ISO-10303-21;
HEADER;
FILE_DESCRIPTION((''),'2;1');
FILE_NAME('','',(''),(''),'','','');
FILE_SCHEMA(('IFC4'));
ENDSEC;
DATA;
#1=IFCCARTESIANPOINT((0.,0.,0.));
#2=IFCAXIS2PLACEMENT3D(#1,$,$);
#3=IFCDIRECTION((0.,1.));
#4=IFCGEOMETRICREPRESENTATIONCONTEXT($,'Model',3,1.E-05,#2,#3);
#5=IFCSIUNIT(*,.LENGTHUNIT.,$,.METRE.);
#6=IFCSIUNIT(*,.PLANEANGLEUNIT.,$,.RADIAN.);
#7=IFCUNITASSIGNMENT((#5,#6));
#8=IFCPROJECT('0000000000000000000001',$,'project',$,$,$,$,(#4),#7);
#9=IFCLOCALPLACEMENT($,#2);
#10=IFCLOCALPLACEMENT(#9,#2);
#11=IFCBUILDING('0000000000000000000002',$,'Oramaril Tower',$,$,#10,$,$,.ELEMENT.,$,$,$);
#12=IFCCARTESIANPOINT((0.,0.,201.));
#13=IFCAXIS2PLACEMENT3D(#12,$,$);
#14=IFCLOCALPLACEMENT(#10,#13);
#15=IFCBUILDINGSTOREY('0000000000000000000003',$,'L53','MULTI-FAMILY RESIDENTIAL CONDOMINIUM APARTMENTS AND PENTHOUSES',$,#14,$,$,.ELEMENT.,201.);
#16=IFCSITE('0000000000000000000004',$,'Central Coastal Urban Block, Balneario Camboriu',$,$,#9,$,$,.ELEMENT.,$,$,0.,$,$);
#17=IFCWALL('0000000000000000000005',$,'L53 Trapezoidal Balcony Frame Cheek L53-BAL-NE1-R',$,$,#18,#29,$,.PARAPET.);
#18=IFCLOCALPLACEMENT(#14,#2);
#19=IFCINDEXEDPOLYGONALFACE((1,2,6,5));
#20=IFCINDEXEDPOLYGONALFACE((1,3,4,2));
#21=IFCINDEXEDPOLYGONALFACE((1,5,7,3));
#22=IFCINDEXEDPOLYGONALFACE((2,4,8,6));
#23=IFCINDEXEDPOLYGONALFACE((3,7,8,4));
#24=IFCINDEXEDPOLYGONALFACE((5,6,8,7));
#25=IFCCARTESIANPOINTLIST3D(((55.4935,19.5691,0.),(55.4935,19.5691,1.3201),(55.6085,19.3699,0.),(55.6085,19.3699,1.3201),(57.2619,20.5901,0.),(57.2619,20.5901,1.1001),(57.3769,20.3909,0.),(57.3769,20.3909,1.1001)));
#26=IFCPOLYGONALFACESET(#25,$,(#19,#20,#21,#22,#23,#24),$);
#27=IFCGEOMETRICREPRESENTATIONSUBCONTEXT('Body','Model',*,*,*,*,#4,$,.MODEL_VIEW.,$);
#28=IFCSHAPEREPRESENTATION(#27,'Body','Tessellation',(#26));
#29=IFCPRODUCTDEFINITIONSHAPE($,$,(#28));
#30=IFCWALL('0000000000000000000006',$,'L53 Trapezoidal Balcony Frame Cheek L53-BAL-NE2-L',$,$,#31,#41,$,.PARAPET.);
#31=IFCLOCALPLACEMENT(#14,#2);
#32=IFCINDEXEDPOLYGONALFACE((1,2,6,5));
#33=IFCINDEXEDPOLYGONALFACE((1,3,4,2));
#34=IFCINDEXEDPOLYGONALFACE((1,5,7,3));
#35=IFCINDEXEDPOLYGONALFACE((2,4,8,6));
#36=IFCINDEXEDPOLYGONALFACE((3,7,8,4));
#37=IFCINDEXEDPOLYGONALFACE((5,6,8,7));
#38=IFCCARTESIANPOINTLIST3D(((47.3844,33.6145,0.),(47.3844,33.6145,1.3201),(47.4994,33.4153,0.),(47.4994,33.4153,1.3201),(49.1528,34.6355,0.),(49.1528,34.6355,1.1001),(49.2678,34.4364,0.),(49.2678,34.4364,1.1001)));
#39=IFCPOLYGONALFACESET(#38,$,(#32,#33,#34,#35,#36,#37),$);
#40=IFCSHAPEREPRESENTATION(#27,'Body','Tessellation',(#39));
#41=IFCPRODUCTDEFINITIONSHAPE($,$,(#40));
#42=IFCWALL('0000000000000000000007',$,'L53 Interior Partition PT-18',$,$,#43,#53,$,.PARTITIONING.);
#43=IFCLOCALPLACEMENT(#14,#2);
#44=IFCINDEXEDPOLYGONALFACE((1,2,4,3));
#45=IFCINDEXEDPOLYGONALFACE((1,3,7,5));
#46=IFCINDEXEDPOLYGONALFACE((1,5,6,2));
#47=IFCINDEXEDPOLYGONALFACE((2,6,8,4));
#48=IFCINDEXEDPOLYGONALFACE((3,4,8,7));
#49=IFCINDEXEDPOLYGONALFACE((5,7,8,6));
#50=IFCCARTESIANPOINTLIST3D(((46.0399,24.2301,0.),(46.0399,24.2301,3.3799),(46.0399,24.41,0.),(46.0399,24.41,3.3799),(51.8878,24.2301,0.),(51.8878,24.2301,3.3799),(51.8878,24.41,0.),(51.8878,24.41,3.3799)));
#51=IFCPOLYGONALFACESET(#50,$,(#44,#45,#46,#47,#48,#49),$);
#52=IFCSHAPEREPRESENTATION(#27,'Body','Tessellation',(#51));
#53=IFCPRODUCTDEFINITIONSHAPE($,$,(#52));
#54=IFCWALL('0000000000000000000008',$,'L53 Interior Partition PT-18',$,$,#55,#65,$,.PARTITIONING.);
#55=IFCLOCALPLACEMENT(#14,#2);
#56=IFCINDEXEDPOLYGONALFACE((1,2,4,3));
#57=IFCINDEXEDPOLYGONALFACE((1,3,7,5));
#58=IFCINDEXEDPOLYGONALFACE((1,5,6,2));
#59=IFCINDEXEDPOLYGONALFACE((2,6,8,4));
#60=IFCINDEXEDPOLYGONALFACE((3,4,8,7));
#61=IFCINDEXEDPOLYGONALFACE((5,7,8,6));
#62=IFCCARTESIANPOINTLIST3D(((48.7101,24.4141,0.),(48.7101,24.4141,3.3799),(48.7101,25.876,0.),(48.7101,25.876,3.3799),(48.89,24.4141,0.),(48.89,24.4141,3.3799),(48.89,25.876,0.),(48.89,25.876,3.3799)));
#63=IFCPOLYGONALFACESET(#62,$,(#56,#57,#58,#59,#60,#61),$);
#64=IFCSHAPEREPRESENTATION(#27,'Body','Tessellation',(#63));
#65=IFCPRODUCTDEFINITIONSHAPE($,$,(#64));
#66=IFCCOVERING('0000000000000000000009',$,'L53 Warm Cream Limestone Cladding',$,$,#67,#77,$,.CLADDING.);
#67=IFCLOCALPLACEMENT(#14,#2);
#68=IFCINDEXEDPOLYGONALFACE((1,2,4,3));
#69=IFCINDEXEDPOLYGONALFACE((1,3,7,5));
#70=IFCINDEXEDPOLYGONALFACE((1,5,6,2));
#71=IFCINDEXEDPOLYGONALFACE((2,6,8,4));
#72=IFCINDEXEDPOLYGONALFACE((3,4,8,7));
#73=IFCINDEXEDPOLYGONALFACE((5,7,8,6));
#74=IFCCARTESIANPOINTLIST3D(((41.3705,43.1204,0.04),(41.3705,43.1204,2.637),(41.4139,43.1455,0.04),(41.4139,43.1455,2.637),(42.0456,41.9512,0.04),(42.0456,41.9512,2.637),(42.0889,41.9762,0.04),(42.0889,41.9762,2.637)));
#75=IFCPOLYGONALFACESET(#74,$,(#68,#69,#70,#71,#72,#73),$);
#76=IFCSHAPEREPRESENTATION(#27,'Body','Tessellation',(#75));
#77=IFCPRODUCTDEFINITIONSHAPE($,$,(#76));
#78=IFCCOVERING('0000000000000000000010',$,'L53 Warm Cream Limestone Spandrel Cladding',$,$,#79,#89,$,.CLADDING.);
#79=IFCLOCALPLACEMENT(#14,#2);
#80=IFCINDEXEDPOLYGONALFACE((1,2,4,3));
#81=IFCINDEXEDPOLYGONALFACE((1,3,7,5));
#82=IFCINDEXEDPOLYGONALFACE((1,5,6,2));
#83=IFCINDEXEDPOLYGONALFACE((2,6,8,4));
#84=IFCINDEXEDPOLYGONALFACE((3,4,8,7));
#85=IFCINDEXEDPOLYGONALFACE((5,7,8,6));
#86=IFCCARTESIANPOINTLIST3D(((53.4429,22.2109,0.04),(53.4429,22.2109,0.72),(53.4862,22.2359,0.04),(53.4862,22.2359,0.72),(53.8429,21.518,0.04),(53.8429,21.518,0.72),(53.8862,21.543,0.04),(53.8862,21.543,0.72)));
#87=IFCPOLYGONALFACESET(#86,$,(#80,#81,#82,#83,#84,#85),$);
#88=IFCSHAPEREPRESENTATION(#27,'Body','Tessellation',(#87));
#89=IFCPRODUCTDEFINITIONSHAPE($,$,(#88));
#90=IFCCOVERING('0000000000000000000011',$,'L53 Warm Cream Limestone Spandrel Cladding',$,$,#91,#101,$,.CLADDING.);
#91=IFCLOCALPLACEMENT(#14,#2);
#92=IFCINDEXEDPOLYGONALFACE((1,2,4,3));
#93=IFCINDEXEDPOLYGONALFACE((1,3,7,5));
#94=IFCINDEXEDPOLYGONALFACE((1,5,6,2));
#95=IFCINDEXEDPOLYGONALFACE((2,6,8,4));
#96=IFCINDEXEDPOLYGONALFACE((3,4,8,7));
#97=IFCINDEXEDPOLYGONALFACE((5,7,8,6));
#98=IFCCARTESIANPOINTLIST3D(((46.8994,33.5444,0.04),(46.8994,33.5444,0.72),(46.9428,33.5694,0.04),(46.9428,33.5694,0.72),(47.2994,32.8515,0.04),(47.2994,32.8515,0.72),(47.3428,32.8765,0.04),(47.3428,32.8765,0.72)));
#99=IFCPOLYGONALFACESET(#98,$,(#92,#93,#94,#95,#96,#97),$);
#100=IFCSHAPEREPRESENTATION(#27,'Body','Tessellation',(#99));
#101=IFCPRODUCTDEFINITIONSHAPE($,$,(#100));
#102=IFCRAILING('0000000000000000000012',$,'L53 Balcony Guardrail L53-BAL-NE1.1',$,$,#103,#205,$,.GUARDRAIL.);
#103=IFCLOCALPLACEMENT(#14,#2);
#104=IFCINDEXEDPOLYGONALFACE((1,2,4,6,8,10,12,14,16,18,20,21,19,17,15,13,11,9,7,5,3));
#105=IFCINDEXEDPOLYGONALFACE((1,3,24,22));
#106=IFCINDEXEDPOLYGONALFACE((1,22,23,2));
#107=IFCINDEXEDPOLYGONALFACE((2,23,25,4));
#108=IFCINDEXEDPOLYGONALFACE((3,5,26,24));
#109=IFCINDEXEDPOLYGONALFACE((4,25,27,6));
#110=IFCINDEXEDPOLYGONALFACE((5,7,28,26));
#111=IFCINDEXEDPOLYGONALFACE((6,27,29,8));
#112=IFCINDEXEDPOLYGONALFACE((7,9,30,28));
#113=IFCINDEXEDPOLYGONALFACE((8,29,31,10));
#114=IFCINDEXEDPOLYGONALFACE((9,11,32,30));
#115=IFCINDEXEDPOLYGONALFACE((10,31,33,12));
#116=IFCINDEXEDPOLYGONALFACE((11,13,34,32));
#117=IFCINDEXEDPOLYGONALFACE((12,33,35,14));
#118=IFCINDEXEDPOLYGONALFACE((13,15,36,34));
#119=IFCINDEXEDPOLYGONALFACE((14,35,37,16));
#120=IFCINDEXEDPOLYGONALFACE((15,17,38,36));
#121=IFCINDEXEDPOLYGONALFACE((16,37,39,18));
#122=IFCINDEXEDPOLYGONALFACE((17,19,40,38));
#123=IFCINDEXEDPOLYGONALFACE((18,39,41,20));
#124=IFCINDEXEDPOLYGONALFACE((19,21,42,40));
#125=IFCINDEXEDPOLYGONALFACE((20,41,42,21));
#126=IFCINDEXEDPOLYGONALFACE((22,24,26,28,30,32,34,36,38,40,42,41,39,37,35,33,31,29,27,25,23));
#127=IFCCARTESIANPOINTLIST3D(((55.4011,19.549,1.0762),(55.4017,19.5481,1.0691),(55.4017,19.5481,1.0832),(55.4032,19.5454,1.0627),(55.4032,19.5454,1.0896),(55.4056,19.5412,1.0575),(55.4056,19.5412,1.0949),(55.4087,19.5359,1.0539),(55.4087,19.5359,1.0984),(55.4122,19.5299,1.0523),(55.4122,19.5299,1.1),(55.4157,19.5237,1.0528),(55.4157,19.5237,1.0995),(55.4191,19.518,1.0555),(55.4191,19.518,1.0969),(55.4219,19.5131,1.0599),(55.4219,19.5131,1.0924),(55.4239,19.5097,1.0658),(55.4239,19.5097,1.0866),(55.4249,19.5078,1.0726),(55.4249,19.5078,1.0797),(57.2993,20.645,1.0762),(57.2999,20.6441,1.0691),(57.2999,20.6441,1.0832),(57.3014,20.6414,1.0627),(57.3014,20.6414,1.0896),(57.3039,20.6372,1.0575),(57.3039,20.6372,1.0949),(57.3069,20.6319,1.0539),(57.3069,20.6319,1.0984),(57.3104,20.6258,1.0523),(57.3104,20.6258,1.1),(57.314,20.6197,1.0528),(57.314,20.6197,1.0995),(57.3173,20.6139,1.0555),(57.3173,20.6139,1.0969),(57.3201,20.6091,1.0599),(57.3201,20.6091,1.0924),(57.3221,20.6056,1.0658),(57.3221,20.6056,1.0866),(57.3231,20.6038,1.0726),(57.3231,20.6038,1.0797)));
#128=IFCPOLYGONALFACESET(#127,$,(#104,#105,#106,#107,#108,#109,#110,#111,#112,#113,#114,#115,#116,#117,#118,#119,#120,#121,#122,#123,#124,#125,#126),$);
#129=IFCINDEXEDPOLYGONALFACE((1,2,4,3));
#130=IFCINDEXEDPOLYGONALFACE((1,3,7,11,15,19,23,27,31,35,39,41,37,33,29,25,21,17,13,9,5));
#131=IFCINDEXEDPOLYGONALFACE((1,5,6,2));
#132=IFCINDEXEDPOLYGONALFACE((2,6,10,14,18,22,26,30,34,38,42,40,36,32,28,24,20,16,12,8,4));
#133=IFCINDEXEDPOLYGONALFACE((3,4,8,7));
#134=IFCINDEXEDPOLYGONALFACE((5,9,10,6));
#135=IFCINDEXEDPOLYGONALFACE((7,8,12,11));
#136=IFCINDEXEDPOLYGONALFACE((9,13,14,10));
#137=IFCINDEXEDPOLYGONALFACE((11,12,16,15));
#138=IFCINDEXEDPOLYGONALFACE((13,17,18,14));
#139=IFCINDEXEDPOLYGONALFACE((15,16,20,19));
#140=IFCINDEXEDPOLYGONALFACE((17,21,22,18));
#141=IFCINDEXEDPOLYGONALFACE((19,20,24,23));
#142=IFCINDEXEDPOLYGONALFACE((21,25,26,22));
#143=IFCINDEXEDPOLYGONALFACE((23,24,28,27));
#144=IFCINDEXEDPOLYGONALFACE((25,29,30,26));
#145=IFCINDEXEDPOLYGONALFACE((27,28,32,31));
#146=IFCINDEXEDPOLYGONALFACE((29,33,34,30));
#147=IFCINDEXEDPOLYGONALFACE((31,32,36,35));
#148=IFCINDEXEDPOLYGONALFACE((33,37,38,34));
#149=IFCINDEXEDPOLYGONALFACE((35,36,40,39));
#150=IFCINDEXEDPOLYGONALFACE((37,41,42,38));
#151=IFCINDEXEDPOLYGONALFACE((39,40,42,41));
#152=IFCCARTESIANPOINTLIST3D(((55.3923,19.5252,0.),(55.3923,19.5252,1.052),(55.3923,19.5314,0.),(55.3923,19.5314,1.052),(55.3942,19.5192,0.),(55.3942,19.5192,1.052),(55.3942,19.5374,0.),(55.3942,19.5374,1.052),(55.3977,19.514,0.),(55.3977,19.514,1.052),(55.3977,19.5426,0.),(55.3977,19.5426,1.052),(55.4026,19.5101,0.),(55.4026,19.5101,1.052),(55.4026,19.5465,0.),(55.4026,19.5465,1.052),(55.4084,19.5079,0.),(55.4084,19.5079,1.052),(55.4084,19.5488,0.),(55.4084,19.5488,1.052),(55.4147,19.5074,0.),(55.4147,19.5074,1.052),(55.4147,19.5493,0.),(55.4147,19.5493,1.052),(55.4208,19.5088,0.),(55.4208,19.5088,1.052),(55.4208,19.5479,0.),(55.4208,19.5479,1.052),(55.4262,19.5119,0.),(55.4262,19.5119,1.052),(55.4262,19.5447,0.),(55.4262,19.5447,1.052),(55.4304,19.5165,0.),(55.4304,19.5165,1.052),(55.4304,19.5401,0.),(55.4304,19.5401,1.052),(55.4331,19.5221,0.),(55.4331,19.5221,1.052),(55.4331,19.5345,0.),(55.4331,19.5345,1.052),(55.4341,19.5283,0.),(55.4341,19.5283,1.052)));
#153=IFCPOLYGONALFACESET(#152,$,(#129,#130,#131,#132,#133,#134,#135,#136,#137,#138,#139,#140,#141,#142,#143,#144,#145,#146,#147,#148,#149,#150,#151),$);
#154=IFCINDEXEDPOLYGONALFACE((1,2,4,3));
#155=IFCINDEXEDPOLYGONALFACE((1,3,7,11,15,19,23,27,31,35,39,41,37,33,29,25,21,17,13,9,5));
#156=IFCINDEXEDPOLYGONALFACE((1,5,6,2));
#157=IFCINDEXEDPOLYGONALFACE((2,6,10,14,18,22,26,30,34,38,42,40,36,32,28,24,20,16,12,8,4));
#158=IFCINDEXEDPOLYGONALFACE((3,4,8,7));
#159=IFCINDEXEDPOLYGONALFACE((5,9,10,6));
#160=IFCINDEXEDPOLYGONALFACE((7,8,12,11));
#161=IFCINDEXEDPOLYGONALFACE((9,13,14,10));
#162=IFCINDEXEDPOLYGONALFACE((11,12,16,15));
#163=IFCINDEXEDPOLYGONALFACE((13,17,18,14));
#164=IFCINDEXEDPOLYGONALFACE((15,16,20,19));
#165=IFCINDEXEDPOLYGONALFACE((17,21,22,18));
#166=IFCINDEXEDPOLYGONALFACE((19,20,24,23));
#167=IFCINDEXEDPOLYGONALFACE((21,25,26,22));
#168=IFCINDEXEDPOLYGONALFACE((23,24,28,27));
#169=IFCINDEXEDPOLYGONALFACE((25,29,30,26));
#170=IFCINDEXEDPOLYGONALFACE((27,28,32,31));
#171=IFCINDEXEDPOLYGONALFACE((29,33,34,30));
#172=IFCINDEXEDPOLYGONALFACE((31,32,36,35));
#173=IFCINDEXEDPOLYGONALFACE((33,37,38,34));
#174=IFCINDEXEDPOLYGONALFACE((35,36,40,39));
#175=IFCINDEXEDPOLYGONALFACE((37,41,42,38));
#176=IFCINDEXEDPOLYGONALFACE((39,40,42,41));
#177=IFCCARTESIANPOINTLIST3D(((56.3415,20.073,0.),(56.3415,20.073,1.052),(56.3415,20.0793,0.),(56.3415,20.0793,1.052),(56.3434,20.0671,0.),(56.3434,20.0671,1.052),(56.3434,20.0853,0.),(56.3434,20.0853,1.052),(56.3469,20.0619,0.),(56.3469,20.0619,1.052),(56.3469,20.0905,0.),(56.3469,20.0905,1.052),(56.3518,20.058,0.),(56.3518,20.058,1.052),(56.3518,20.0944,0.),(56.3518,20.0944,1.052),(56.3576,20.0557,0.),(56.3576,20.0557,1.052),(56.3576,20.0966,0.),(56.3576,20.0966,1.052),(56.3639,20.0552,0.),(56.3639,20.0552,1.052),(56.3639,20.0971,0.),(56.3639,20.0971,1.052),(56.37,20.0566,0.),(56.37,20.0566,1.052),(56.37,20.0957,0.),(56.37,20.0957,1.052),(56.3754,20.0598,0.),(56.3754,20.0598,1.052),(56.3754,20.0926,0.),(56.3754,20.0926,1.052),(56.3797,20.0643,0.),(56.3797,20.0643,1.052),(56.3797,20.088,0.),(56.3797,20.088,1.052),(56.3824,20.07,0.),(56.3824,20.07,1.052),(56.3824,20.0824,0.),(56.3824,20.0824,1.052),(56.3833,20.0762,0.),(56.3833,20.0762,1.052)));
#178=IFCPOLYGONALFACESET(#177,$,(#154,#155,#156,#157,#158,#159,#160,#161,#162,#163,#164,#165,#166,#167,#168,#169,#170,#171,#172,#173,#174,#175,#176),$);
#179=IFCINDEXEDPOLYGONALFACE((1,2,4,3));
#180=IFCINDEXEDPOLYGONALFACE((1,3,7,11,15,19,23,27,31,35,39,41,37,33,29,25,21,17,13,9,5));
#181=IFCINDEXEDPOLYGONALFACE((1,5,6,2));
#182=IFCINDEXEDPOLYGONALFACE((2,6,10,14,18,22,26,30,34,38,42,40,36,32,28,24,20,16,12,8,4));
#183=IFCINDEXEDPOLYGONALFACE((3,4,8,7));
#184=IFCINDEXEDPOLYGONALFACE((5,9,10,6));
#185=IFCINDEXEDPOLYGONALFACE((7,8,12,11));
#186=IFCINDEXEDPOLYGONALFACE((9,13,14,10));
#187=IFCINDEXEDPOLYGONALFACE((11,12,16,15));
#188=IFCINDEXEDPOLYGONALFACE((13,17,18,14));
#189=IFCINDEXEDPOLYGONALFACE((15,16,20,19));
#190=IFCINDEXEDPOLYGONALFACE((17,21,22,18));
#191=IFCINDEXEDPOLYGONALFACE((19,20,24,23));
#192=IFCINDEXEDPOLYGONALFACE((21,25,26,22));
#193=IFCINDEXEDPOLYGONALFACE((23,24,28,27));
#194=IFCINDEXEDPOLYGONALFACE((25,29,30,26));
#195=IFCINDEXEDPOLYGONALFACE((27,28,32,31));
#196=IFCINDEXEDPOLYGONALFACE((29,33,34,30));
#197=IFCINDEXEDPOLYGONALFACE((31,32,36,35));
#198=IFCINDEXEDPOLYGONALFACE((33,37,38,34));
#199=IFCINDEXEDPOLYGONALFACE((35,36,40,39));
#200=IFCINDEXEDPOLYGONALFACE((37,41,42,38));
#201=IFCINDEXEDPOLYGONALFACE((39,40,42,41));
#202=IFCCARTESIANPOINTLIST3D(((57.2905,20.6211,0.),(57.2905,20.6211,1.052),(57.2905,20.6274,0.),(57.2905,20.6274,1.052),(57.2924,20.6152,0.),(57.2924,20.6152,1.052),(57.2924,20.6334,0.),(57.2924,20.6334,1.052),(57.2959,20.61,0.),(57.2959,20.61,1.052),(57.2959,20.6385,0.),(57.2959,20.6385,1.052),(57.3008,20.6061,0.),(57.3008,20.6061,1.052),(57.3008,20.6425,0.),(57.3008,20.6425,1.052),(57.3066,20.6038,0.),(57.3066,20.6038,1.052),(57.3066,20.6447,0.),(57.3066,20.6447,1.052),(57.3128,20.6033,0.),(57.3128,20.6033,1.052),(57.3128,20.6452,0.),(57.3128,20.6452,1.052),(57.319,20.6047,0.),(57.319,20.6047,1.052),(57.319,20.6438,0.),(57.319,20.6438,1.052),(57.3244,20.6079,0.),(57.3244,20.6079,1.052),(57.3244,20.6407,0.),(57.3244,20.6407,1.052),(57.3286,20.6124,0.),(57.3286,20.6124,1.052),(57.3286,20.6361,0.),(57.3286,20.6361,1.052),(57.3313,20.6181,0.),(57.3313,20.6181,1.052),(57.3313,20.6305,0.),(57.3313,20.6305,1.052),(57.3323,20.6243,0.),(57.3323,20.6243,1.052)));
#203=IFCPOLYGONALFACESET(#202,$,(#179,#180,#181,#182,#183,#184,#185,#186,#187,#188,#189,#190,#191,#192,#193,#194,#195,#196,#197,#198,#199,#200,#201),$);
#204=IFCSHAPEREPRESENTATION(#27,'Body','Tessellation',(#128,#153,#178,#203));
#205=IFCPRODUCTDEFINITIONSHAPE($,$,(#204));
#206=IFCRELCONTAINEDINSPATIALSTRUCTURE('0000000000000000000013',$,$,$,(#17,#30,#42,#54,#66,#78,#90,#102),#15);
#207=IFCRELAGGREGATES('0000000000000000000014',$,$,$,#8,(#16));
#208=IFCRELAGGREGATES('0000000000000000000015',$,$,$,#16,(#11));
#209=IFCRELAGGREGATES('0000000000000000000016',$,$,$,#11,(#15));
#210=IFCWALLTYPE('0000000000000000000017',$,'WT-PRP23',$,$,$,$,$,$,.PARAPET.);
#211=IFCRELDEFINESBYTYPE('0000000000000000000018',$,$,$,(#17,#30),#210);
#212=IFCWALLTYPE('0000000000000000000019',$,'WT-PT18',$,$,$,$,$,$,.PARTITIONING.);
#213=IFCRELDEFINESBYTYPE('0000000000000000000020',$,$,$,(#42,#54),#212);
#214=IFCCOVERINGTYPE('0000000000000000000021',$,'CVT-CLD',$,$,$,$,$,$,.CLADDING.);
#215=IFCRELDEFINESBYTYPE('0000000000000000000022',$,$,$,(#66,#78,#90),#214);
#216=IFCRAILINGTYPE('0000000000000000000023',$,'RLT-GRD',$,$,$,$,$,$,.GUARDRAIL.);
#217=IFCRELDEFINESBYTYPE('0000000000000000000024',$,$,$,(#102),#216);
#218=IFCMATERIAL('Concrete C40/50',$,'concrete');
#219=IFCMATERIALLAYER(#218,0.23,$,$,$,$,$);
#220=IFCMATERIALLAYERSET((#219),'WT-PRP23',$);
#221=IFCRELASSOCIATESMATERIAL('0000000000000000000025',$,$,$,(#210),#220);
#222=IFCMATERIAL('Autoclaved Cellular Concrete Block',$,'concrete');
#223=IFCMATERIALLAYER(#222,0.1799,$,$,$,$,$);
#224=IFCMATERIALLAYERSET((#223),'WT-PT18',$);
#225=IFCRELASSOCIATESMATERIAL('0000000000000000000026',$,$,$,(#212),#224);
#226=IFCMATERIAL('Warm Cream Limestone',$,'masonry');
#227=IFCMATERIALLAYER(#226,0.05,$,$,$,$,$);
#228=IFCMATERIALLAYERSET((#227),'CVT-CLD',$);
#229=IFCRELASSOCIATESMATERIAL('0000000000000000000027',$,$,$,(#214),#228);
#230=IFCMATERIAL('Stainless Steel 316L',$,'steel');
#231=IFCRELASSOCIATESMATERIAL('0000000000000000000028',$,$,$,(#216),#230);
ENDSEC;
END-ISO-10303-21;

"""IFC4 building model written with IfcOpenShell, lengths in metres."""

from ifc_helpers import new_model, si_unit, direction, frame, frame_2d, origin, origin_2d, place, context, subcontext, project, spatial, polyline, rectangle, circle, outline, extrude, material, layer, layer_set, type_object, element, save


model = new_model("IFC4")

# Units and contexts
model_context = context("Model", 3, precision=1e-05, world=origin(), true_north=direction((0.0, 1.0)))
body_context = subcontext(model_context, "Body", "Model", "MODEL_VIEW")
ifc_project = project(units=[si_unit("LENGTHUNIT", "METRE"), si_unit("PLANEANGLEUNIT", "RADIAN")], contexts=[model_context])

# Site, building, storey
site_placement = place(None, origin())
site = spatial("IfcSite", under=ifc_project, at=site_placement, Name="Central Coastal Urban Block, Balneario Camboriu", CompositionType="ELEMENT", RefElevation=0.0)
building_placement = place(site_placement, origin())
building = spatial("IfcBuilding", under=site, at=building_placement, Name="Oramaril Tower", CompositionType="ELEMENT")
storey_placement = place(building_placement, frame((0.0, 0.0, 201.0)))
storey = spatial("IfcBuildingStorey", under=building, at=storey_placement, Name="L53", Description="MULTI-FAMILY RESIDENTIAL CONDOMINIUM APARTMENTS AND PENTHOUSES", CompositionType="ELEMENT", Elevation=201.0)

# Walls
ifc_material_1 = material(Name="Concrete C40/50", Category="concrete")
ifc_layer_1 = layer(ifc_material_1, 0.23)
ifc_layer_set_1 = layer_set([ifc_layer_1], Name="WT-PRP23")
wall_type_1 = type_object("IfcWallType", Name="WT-PRP23", PredefinedType="PARAPET", material=ifc_layer_set_1)
for number, where, z_axis, x_axis, name in (
    (1, (55.551, 19.4695, 0.0), (0.0, 0.0, 1.0), (0.866012, 0.500023, 0.0), "L53 Trapezoidal Balcony Frame Cheek L53-BAL-NE1-R"),
    (2, (47.4419, 33.5149, 0.0), (0.0, 0.0, 1.0), (0.866012, 0.500023, 0.0), "L53 Trapezoidal Balcony Frame Cheek L53-BAL-NE2-L"),
):
    element("IfcWall", number, at=place(storey_placement, frame(where, z_axis=z_axis, x_axis=x_axis)), inside=storey, type_object=wall_type_1, Name=name, PredefinedType="PARAPET", context=body_context, shape_type="SweptSolid", body=[
        extrude(outline(polyline([(0.0, 0.0), (2.042, 0.0), (2.042, 1.1001), (0.0, 1.3201), (0.0, 0.0)])), frame((0.0, 0.115, 0.0), z_axis=(0.0, -1.0, 0.0), x_axis=(1.0, 0.0, 0.0)), (0.0, 0.0, 1.0), 0.23),
    ])
ifc_material_2 = material(Name="Autoclaved Cellular Concrete Block", Category="concrete")
ifc_layer_2 = layer(ifc_material_2, 0.1799)
ifc_layer_set_2 = layer_set([ifc_layer_2], Name="WT-PT18")
wall_type_2 = type_object("IfcWallType", Name="WT-PT18", PredefinedType="PARTITIONING", material=ifc_layer_set_2)
wall_1_placement = place(storey_placement, frame((46.04, 24.3201, 0.0), z_axis=(0.0, 0.0, 1.0), x_axis=(1.0, 0.0, 0.0)))
element("IfcWall", 3, at=wall_1_placement, inside=storey, type_object=wall_type_2, Name="L53 Interior Partition PT-18", PredefinedType="PARTITIONING", context=body_context, shape_type="SweptSolid", body=[
    extrude(rectangle(XDim=5.8479, YDim=0.1799, at=frame_2d((2.9238, 0.0))), origin(), (0.0, 0.0, 1.0), 3.3799),
])
wall_2_placement = place(storey_placement, frame((48.8, 24.4141, 0.0), z_axis=(0.0, 0.0, 1.0), x_axis=(0.0, 1.0, 0.0)))
element("IfcWall", 4, at=wall_2_placement, inside=storey, type_object=wall_type_2, Name="L53 Interior Partition PT-18", PredefinedType="PARTITIONING", context=body_context, shape_type="SweptSolid", body=[
    extrude(rectangle(XDim=1.4619, YDim=0.1799, at=frame_2d((0.731, 0.0))), origin(), (0.0, 0.0, 1.0), 3.3799),
])

# Coverings
ifc_material_3 = material(Name="Warm Cream Limestone", Category="masonry")
ifc_layer_3 = layer(ifc_material_3, 0.05)
ifc_layer_set_3 = layer_set([ifc_layer_3], Name="CVT-CLD")
covering_type = type_object("IfcCoveringType", Name="CVT-CLD", PredefinedType="CLADDING", material=ifc_layer_set_3)
covering_placement = place(storey_placement, frame((41.7297, 42.5483, 0.04), z_axis=(0.0, 0.0, 1.0), x_axis=(-0.5, 0.866025, 0.0)))
element("IfcCovering", 5, at=covering_placement, inside=storey, type_object=covering_type, Name="L53 Warm Cream Limestone Cladding", PredefinedType="CLADDING", context=body_context, shape_type="SweptSolid", body=[
    extrude(rectangle(XDim=1.3501, YDim=0.05, at=origin_2d()), origin(), (0.0, 0.0, 1.0), 2.5969),
])
for number, where, z_axis, x_axis, name in (
    (6, (53.6646, 21.877, 0.04), (0.0, 0.0, 1.0), (-0.5, 0.866025, 0.0), "L53 Warm Cream Limestone Spandrel Cladding"),
    (7, (47.1211, 33.2104, 0.04), (0.0, 0.0, 1.0), (-0.5, 0.866025, 0.0), "L53 Warm Cream Limestone Spandrel Cladding"),
):
    element("IfcCovering", number, at=place(storey_placement, frame(where, z_axis=z_axis, x_axis=x_axis)), inside=storey, type_object=covering_type, Name=name, PredefinedType="CLADDING", context=body_context, shape_type="SweptSolid", body=[
        extrude(rectangle(XDim=0.8, YDim=0.05, at=origin_2d()), origin(), (0.0, 0.0, 1.0), 0.6799),
    ])

# Railing
ifc_material_4 = material(Name="Stainless Steel 316L", Category="steel")
railing_type = type_object("IfcRailingType", Name="RLT-GRD", PredefinedType="GUARDRAIL", material=ifc_material_4)
railing_1_placement = place(storey_placement, frame((55.4131, 19.5283, 0.0)))
element("IfcRailing", 8, at=railing_1_placement, inside=storey, type_object=railing_type, Name="L53 Balcony Guardrail L53-BAL-NE1.1", PredefinedType="GUARDRAIL", context=body_context, shape_type="SweptSolid", body=[
    extrude(circle(Radius=0.0239, at=origin_2d()), frame((0.0, 0.0, 1.0762), z_axis=(0.866021, 0.500008, 0.0), x_axis=(-0.500008, 0.866021, 0.0)), (0.0, 0.0, 1.0), 2.1919),
    extrude(circle(Radius=0.021, at=origin_2d()), origin(), (0.0, 0.0, 1.0), 1.052),
    extrude(circle(Radius=0.021, at=origin_2d()), frame((0.9492, 0.5479, 0.0)), (0.0, 0.0, 1.0), 1.052),
    extrude(circle(Radius=0.021, at=origin_2d()), frame((1.8982, 1.0959, 0.0)), (0.0, 0.0, 1.0), 1.052),
])

save(model, "model.ifc")
